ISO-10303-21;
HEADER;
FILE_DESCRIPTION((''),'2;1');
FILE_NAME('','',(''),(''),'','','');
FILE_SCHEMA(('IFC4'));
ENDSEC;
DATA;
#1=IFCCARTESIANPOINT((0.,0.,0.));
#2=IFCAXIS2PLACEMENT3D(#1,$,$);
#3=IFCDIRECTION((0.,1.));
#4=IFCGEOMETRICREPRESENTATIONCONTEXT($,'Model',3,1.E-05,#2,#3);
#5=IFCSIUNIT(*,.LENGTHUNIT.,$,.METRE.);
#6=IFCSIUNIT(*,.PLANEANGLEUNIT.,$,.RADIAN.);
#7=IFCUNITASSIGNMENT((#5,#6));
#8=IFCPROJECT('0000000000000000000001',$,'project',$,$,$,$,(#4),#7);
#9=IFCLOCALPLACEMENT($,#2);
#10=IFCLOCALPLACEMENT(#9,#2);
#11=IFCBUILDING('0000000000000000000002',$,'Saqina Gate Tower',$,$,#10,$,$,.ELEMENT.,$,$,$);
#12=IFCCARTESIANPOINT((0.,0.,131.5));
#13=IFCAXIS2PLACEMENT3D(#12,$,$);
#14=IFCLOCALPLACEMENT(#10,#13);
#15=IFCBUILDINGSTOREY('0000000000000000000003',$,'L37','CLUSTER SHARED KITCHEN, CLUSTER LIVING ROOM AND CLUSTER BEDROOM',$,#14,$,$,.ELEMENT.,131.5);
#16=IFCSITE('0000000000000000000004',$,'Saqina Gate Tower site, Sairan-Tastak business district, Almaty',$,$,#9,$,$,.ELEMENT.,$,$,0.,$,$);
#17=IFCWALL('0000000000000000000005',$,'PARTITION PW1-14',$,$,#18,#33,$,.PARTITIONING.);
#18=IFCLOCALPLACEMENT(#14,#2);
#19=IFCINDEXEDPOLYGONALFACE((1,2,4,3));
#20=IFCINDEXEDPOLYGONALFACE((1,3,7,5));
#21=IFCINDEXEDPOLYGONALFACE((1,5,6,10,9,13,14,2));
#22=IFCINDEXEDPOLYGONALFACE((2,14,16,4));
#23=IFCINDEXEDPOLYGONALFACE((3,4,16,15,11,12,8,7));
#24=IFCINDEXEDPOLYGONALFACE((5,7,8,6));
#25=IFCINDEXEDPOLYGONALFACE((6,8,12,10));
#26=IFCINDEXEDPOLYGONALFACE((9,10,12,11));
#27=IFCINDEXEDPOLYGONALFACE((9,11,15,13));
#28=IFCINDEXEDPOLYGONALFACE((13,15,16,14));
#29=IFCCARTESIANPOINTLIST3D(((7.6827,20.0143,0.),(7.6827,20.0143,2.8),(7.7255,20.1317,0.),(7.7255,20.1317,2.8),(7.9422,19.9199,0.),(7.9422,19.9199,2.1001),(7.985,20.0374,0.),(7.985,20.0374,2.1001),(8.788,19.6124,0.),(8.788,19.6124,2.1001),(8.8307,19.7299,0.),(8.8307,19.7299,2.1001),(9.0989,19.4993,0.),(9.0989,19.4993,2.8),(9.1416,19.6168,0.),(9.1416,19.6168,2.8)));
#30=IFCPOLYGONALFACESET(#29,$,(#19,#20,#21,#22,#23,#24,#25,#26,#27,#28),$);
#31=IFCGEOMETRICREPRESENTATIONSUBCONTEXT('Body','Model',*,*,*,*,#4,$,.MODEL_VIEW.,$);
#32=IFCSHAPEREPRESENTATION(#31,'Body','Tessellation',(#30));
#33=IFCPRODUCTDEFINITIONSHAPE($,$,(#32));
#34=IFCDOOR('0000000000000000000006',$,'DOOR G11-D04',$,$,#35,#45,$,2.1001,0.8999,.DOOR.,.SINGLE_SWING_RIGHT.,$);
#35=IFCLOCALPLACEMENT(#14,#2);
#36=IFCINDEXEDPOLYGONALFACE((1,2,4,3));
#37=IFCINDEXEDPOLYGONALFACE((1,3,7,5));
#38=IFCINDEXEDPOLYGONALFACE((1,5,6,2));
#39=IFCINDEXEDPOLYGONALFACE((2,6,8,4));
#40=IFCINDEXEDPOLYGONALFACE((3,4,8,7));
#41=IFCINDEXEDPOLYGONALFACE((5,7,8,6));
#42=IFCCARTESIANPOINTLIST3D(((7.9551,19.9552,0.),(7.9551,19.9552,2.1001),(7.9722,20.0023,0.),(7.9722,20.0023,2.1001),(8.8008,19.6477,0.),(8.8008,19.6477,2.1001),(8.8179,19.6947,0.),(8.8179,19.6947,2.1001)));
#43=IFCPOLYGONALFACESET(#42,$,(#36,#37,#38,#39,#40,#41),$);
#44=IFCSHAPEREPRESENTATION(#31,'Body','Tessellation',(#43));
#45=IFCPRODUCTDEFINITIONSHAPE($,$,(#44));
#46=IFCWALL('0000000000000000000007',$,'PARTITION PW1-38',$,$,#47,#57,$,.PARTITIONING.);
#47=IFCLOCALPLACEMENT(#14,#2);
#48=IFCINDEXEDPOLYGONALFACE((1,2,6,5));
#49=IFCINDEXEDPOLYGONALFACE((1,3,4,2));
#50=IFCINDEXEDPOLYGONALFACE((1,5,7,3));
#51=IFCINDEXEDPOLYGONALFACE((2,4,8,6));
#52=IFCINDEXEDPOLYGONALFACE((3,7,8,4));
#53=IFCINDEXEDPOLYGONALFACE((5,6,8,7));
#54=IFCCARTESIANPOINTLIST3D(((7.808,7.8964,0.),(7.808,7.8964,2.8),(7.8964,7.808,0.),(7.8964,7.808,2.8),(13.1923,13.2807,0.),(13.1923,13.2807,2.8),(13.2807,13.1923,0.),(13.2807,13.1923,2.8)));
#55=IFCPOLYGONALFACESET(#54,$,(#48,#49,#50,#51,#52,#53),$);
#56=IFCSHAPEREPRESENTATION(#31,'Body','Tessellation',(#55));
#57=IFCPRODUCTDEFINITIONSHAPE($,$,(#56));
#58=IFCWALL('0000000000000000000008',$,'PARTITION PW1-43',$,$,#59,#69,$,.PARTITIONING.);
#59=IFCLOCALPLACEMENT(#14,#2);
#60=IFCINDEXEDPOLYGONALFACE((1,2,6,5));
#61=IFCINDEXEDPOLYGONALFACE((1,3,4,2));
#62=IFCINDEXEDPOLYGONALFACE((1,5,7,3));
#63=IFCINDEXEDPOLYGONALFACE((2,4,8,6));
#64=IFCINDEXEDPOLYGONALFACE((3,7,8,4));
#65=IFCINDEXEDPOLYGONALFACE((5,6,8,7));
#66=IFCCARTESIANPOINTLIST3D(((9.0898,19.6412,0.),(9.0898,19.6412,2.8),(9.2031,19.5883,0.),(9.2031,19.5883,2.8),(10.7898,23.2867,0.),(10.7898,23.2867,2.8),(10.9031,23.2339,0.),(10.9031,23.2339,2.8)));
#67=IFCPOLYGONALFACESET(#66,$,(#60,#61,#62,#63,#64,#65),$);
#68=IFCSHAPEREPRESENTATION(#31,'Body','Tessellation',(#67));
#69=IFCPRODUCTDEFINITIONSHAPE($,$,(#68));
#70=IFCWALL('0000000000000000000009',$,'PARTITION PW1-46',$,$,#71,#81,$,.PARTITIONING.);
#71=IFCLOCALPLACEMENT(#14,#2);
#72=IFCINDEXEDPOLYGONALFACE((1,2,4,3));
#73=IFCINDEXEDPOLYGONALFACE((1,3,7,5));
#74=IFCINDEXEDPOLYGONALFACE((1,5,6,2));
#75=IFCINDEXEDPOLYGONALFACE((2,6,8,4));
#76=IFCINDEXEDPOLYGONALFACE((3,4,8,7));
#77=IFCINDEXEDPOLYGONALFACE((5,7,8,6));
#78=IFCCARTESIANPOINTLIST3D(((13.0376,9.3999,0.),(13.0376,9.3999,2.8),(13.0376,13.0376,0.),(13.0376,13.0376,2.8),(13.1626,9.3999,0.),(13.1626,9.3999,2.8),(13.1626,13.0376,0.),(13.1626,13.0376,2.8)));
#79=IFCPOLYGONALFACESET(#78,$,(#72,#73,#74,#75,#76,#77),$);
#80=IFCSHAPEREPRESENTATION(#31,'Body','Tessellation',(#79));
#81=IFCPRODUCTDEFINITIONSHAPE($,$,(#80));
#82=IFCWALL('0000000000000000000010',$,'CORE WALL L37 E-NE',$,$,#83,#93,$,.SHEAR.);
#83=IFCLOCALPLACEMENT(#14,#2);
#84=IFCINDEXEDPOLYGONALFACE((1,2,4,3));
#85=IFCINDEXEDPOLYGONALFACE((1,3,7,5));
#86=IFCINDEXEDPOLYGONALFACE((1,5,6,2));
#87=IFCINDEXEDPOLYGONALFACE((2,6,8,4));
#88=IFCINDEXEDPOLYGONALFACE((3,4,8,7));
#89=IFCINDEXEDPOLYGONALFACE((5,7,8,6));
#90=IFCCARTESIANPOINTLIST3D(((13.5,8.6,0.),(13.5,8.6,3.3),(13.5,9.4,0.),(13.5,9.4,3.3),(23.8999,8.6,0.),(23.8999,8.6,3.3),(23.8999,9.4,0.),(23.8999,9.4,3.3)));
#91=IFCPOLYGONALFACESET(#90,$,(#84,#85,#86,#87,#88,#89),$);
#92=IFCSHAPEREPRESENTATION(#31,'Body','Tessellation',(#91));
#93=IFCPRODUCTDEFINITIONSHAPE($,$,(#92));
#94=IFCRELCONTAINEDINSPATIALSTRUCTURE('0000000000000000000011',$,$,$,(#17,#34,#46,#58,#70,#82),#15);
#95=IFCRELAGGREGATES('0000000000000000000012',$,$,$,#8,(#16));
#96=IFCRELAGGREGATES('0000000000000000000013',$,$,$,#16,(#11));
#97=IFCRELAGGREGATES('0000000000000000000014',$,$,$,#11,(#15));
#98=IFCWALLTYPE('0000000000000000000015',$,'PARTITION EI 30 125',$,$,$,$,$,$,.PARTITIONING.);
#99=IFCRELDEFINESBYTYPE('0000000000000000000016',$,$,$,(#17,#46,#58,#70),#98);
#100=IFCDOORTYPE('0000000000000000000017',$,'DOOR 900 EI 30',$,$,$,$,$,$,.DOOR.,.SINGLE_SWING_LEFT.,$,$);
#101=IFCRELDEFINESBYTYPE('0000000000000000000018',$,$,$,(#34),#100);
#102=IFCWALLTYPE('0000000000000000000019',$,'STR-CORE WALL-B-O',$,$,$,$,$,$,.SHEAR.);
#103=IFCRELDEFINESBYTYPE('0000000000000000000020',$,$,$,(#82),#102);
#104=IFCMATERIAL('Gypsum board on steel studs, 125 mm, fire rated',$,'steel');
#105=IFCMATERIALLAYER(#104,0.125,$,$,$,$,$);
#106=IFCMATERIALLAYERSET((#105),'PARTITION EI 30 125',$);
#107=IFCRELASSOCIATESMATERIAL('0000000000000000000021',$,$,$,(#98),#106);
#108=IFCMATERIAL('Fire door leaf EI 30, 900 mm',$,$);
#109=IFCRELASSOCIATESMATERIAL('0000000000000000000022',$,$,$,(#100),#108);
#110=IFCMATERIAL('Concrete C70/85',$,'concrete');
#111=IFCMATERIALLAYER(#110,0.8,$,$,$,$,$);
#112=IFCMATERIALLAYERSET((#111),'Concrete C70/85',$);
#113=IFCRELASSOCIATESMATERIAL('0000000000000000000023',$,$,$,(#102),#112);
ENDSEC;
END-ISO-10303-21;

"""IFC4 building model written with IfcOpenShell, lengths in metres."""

from ifc_helpers import new_model, si_unit, direction, frame, frame_2d, origin, place, context, subcontext, project, spatial, rectangle, extrude, material, layer, layer_set, type_object, element, fill, save


model = new_model("IFC4")

# Units and contexts
model_context = context("Model", 3, precision=1e-05, world=origin(), true_north=direction((0.0, 1.0)))
body_context = subcontext(model_context, "Body", "Model", "MODEL_VIEW")
ifc_project = project(units=[si_unit("LENGTHUNIT", "METRE"), si_unit("PLANEANGLEUNIT", "RADIAN")], contexts=[model_context])

# Site, building, storey
site_placement = place(None, origin())
site = spatial("IfcSite", under=ifc_project, at=site_placement, Name="Saqina Gate Tower site, Sairan-Tastak business district, Almaty", CompositionType="ELEMENT", RefElevation=0.0)
building_placement = place(site_placement, origin())
building = spatial("IfcBuilding", under=site, at=building_placement, Name="Saqina Gate Tower", CompositionType="ELEMENT")
storey_placement = place(building_placement, frame((0.0, 0.0, 131.5)))
storey = spatial("IfcBuildingStorey", under=building, at=storey_placement, Name="L37", Description="CLUSTER SHARED KITCHEN, CLUSTER LIVING ROOM AND CLUSTER BEDROOM", CompositionType="ELEMENT", Elevation=131.5)

# Wall, opening, door
ifc_material_1 = material(Name="Gypsum board on steel studs, 125 mm, fire rated", Category="steel")
ifc_layer_1 = layer(ifc_material_1, 0.125)
ifc_layer_set_1 = layer_set([ifc_layer_1], Name="PARTITION EI 30 125")
wall_type_1 = type_object("IfcWallType", Name="PARTITION EI 30 125", PredefinedType="PARTITIONING", material=ifc_layer_set_1)
wall_1_placement = place(storey_placement, frame((7.7041, 20.073, 0.0), z_axis=(0.0, 0.0, 1.0), x_axis=(0.939798, -0.34173, 0.0)))
wall_1 = element("IfcWall", 1, at=wall_1_placement, inside=storey, type_object=wall_type_1, Name="PARTITION PW1-14", PredefinedType="PARTITIONING", context=body_context, shape_type="SweptSolid", body=[
    extrude(rectangle(XDim=1.5068, YDim=0.125, at=frame_2d((0.7534, 0.0))), origin(), (0.0, 0.0, 1.0), 2.8),
])
opening_1_placement = place(wall_1_placement, frame((0.2761, 0.0, 0.0)))
opening_1 = element("IfcOpeningElement", 2, at=opening_1_placement, cuts=wall_1, PredefinedType="OPENING", context=body_context, shape_type="SweptSolid", body=[
    extrude(rectangle(XDim=0.8999, YDim=2.1001, at=frame_2d((0.45, 1.05))), frame((0.0, 0.0745, 0.0), z_axis=(0.0, -1.0, 0.0), x_axis=(1.0, 0.0, 0.0)), (0.0, 0.0, 1.0), 0.1489),
])
ifc_material_2 = material(Name="Fire door leaf EI 30, 900 mm")
door_type_1 = type_object("IfcDoorType", Name="DOOR 900 EI 30", OperationType="SINGLE_SWING_LEFT", PredefinedType="DOOR", material=ifc_material_2)
door_1_placement = place(opening_1_placement, frame((0.8999, 0.0, 0.0), z_axis=(0.0, 0.0, 1.0), x_axis=(-1.0, 0.0, 0.0)))
door_1 = element("IfcDoor", 3, at=door_1_placement, inside=storey, type_object=door_type_1, Name="DOOR G11-D04", OperationType="SINGLE_SWING_RIGHT", OverallHeight=2.1001, OverallWidth=0.8999, PredefinedType="DOOR", context=body_context, shape_type="SweptSolid", body=[
    extrude(rectangle(XDim=0.8999, YDim=2.1001, at=frame_2d((0.45, 1.05))), frame((0.0, 0.0249, 0.0), z_axis=(0.0, -1.0, 0.0), x_axis=(1.0, 0.0, 0.0)), (0.0, 0.0, 1.0), 0.05),
])
fill(opening_1, door_1)

# Walls
wall_2_placement = place(storey_placement, frame((7.8523, 7.8523, 0.0), z_axis=(0.0, 0.0, 1.0), x_axis=(0.707107, 0.707107, 0.0)))
element("IfcWall", 4, at=wall_2_placement, inside=storey, type_object=wall_type_1, Name="PARTITION PW1-38", PredefinedType="PARTITIONING", context=body_context, shape_type="SweptSolid", body=[
    extrude(rectangle(XDim=7.6145, YDim=0.125, at=frame_2d((3.8071, 0.0))), origin(), (0.0, 0.0, 1.0), 2.8),
])
wall_3_placement = place(storey_placement, frame((9.1465, 19.6147, 0.0), z_axis=(0.0, 0.0, 1.0), x_axis=(0.422623, 0.906306, 0.0)))
element("IfcWall", 5, at=wall_3_placement, inside=storey, type_object=wall_type_1, Name="PARTITION PW1-43", PredefinedType="PARTITIONING", context=body_context, shape_type="SweptSolid", body=[
    extrude(rectangle(XDim=4.0225, YDim=0.125, at=frame_2d((2.0112, 0.0))), origin(), (0.0, 0.0, 1.0), 2.8),
])
wall_4_placement = place(storey_placement, frame((13.1001, 9.3999, 0.0), z_axis=(0.0, 0.0, 1.0), x_axis=(0.0, 1.0, 0.0)))
element("IfcWall", 6, at=wall_4_placement, inside=storey, type_object=wall_type_1, Name="PARTITION PW1-46", PredefinedType="PARTITIONING", context=body_context, shape_type="SweptSolid", body=[
    extrude(rectangle(XDim=3.6377, YDim=0.125, at=frame_2d((1.8188, 0.0))), origin(), (0.0, 0.0, 1.0), 2.8),
])
ifc_material_3 = material(Name="Concrete C70/85", Category="concrete")
ifc_layer_2 = layer(ifc_material_3, 0.8)
ifc_layer_set_2 = layer_set([ifc_layer_2], Name="Concrete C70/85")
wall_type_2 = type_object("IfcWallType", Name="STR-CORE WALL-B-O", PredefinedType="SHEAR", material=ifc_layer_set_2)
wall_5_placement = place(storey_placement, frame((13.5, 9.0, 0.0), z_axis=(0.0, 0.0, 1.0), x_axis=(1.0, 0.0, 0.0)))
element("IfcWall", 7, at=wall_5_placement, inside=storey, type_object=wall_type_2, Name="CORE WALL L37 E-NE", PredefinedType="SHEAR", context=body_context, shape_type="SweptSolid", body=[
    extrude(rectangle(XDim=10.3999, YDim=0.8, at=frame_2d((5.2, 0.0))), origin(), (0.0, 0.0, 1.0), 3.3),
])

save(model, "model.ifc")
